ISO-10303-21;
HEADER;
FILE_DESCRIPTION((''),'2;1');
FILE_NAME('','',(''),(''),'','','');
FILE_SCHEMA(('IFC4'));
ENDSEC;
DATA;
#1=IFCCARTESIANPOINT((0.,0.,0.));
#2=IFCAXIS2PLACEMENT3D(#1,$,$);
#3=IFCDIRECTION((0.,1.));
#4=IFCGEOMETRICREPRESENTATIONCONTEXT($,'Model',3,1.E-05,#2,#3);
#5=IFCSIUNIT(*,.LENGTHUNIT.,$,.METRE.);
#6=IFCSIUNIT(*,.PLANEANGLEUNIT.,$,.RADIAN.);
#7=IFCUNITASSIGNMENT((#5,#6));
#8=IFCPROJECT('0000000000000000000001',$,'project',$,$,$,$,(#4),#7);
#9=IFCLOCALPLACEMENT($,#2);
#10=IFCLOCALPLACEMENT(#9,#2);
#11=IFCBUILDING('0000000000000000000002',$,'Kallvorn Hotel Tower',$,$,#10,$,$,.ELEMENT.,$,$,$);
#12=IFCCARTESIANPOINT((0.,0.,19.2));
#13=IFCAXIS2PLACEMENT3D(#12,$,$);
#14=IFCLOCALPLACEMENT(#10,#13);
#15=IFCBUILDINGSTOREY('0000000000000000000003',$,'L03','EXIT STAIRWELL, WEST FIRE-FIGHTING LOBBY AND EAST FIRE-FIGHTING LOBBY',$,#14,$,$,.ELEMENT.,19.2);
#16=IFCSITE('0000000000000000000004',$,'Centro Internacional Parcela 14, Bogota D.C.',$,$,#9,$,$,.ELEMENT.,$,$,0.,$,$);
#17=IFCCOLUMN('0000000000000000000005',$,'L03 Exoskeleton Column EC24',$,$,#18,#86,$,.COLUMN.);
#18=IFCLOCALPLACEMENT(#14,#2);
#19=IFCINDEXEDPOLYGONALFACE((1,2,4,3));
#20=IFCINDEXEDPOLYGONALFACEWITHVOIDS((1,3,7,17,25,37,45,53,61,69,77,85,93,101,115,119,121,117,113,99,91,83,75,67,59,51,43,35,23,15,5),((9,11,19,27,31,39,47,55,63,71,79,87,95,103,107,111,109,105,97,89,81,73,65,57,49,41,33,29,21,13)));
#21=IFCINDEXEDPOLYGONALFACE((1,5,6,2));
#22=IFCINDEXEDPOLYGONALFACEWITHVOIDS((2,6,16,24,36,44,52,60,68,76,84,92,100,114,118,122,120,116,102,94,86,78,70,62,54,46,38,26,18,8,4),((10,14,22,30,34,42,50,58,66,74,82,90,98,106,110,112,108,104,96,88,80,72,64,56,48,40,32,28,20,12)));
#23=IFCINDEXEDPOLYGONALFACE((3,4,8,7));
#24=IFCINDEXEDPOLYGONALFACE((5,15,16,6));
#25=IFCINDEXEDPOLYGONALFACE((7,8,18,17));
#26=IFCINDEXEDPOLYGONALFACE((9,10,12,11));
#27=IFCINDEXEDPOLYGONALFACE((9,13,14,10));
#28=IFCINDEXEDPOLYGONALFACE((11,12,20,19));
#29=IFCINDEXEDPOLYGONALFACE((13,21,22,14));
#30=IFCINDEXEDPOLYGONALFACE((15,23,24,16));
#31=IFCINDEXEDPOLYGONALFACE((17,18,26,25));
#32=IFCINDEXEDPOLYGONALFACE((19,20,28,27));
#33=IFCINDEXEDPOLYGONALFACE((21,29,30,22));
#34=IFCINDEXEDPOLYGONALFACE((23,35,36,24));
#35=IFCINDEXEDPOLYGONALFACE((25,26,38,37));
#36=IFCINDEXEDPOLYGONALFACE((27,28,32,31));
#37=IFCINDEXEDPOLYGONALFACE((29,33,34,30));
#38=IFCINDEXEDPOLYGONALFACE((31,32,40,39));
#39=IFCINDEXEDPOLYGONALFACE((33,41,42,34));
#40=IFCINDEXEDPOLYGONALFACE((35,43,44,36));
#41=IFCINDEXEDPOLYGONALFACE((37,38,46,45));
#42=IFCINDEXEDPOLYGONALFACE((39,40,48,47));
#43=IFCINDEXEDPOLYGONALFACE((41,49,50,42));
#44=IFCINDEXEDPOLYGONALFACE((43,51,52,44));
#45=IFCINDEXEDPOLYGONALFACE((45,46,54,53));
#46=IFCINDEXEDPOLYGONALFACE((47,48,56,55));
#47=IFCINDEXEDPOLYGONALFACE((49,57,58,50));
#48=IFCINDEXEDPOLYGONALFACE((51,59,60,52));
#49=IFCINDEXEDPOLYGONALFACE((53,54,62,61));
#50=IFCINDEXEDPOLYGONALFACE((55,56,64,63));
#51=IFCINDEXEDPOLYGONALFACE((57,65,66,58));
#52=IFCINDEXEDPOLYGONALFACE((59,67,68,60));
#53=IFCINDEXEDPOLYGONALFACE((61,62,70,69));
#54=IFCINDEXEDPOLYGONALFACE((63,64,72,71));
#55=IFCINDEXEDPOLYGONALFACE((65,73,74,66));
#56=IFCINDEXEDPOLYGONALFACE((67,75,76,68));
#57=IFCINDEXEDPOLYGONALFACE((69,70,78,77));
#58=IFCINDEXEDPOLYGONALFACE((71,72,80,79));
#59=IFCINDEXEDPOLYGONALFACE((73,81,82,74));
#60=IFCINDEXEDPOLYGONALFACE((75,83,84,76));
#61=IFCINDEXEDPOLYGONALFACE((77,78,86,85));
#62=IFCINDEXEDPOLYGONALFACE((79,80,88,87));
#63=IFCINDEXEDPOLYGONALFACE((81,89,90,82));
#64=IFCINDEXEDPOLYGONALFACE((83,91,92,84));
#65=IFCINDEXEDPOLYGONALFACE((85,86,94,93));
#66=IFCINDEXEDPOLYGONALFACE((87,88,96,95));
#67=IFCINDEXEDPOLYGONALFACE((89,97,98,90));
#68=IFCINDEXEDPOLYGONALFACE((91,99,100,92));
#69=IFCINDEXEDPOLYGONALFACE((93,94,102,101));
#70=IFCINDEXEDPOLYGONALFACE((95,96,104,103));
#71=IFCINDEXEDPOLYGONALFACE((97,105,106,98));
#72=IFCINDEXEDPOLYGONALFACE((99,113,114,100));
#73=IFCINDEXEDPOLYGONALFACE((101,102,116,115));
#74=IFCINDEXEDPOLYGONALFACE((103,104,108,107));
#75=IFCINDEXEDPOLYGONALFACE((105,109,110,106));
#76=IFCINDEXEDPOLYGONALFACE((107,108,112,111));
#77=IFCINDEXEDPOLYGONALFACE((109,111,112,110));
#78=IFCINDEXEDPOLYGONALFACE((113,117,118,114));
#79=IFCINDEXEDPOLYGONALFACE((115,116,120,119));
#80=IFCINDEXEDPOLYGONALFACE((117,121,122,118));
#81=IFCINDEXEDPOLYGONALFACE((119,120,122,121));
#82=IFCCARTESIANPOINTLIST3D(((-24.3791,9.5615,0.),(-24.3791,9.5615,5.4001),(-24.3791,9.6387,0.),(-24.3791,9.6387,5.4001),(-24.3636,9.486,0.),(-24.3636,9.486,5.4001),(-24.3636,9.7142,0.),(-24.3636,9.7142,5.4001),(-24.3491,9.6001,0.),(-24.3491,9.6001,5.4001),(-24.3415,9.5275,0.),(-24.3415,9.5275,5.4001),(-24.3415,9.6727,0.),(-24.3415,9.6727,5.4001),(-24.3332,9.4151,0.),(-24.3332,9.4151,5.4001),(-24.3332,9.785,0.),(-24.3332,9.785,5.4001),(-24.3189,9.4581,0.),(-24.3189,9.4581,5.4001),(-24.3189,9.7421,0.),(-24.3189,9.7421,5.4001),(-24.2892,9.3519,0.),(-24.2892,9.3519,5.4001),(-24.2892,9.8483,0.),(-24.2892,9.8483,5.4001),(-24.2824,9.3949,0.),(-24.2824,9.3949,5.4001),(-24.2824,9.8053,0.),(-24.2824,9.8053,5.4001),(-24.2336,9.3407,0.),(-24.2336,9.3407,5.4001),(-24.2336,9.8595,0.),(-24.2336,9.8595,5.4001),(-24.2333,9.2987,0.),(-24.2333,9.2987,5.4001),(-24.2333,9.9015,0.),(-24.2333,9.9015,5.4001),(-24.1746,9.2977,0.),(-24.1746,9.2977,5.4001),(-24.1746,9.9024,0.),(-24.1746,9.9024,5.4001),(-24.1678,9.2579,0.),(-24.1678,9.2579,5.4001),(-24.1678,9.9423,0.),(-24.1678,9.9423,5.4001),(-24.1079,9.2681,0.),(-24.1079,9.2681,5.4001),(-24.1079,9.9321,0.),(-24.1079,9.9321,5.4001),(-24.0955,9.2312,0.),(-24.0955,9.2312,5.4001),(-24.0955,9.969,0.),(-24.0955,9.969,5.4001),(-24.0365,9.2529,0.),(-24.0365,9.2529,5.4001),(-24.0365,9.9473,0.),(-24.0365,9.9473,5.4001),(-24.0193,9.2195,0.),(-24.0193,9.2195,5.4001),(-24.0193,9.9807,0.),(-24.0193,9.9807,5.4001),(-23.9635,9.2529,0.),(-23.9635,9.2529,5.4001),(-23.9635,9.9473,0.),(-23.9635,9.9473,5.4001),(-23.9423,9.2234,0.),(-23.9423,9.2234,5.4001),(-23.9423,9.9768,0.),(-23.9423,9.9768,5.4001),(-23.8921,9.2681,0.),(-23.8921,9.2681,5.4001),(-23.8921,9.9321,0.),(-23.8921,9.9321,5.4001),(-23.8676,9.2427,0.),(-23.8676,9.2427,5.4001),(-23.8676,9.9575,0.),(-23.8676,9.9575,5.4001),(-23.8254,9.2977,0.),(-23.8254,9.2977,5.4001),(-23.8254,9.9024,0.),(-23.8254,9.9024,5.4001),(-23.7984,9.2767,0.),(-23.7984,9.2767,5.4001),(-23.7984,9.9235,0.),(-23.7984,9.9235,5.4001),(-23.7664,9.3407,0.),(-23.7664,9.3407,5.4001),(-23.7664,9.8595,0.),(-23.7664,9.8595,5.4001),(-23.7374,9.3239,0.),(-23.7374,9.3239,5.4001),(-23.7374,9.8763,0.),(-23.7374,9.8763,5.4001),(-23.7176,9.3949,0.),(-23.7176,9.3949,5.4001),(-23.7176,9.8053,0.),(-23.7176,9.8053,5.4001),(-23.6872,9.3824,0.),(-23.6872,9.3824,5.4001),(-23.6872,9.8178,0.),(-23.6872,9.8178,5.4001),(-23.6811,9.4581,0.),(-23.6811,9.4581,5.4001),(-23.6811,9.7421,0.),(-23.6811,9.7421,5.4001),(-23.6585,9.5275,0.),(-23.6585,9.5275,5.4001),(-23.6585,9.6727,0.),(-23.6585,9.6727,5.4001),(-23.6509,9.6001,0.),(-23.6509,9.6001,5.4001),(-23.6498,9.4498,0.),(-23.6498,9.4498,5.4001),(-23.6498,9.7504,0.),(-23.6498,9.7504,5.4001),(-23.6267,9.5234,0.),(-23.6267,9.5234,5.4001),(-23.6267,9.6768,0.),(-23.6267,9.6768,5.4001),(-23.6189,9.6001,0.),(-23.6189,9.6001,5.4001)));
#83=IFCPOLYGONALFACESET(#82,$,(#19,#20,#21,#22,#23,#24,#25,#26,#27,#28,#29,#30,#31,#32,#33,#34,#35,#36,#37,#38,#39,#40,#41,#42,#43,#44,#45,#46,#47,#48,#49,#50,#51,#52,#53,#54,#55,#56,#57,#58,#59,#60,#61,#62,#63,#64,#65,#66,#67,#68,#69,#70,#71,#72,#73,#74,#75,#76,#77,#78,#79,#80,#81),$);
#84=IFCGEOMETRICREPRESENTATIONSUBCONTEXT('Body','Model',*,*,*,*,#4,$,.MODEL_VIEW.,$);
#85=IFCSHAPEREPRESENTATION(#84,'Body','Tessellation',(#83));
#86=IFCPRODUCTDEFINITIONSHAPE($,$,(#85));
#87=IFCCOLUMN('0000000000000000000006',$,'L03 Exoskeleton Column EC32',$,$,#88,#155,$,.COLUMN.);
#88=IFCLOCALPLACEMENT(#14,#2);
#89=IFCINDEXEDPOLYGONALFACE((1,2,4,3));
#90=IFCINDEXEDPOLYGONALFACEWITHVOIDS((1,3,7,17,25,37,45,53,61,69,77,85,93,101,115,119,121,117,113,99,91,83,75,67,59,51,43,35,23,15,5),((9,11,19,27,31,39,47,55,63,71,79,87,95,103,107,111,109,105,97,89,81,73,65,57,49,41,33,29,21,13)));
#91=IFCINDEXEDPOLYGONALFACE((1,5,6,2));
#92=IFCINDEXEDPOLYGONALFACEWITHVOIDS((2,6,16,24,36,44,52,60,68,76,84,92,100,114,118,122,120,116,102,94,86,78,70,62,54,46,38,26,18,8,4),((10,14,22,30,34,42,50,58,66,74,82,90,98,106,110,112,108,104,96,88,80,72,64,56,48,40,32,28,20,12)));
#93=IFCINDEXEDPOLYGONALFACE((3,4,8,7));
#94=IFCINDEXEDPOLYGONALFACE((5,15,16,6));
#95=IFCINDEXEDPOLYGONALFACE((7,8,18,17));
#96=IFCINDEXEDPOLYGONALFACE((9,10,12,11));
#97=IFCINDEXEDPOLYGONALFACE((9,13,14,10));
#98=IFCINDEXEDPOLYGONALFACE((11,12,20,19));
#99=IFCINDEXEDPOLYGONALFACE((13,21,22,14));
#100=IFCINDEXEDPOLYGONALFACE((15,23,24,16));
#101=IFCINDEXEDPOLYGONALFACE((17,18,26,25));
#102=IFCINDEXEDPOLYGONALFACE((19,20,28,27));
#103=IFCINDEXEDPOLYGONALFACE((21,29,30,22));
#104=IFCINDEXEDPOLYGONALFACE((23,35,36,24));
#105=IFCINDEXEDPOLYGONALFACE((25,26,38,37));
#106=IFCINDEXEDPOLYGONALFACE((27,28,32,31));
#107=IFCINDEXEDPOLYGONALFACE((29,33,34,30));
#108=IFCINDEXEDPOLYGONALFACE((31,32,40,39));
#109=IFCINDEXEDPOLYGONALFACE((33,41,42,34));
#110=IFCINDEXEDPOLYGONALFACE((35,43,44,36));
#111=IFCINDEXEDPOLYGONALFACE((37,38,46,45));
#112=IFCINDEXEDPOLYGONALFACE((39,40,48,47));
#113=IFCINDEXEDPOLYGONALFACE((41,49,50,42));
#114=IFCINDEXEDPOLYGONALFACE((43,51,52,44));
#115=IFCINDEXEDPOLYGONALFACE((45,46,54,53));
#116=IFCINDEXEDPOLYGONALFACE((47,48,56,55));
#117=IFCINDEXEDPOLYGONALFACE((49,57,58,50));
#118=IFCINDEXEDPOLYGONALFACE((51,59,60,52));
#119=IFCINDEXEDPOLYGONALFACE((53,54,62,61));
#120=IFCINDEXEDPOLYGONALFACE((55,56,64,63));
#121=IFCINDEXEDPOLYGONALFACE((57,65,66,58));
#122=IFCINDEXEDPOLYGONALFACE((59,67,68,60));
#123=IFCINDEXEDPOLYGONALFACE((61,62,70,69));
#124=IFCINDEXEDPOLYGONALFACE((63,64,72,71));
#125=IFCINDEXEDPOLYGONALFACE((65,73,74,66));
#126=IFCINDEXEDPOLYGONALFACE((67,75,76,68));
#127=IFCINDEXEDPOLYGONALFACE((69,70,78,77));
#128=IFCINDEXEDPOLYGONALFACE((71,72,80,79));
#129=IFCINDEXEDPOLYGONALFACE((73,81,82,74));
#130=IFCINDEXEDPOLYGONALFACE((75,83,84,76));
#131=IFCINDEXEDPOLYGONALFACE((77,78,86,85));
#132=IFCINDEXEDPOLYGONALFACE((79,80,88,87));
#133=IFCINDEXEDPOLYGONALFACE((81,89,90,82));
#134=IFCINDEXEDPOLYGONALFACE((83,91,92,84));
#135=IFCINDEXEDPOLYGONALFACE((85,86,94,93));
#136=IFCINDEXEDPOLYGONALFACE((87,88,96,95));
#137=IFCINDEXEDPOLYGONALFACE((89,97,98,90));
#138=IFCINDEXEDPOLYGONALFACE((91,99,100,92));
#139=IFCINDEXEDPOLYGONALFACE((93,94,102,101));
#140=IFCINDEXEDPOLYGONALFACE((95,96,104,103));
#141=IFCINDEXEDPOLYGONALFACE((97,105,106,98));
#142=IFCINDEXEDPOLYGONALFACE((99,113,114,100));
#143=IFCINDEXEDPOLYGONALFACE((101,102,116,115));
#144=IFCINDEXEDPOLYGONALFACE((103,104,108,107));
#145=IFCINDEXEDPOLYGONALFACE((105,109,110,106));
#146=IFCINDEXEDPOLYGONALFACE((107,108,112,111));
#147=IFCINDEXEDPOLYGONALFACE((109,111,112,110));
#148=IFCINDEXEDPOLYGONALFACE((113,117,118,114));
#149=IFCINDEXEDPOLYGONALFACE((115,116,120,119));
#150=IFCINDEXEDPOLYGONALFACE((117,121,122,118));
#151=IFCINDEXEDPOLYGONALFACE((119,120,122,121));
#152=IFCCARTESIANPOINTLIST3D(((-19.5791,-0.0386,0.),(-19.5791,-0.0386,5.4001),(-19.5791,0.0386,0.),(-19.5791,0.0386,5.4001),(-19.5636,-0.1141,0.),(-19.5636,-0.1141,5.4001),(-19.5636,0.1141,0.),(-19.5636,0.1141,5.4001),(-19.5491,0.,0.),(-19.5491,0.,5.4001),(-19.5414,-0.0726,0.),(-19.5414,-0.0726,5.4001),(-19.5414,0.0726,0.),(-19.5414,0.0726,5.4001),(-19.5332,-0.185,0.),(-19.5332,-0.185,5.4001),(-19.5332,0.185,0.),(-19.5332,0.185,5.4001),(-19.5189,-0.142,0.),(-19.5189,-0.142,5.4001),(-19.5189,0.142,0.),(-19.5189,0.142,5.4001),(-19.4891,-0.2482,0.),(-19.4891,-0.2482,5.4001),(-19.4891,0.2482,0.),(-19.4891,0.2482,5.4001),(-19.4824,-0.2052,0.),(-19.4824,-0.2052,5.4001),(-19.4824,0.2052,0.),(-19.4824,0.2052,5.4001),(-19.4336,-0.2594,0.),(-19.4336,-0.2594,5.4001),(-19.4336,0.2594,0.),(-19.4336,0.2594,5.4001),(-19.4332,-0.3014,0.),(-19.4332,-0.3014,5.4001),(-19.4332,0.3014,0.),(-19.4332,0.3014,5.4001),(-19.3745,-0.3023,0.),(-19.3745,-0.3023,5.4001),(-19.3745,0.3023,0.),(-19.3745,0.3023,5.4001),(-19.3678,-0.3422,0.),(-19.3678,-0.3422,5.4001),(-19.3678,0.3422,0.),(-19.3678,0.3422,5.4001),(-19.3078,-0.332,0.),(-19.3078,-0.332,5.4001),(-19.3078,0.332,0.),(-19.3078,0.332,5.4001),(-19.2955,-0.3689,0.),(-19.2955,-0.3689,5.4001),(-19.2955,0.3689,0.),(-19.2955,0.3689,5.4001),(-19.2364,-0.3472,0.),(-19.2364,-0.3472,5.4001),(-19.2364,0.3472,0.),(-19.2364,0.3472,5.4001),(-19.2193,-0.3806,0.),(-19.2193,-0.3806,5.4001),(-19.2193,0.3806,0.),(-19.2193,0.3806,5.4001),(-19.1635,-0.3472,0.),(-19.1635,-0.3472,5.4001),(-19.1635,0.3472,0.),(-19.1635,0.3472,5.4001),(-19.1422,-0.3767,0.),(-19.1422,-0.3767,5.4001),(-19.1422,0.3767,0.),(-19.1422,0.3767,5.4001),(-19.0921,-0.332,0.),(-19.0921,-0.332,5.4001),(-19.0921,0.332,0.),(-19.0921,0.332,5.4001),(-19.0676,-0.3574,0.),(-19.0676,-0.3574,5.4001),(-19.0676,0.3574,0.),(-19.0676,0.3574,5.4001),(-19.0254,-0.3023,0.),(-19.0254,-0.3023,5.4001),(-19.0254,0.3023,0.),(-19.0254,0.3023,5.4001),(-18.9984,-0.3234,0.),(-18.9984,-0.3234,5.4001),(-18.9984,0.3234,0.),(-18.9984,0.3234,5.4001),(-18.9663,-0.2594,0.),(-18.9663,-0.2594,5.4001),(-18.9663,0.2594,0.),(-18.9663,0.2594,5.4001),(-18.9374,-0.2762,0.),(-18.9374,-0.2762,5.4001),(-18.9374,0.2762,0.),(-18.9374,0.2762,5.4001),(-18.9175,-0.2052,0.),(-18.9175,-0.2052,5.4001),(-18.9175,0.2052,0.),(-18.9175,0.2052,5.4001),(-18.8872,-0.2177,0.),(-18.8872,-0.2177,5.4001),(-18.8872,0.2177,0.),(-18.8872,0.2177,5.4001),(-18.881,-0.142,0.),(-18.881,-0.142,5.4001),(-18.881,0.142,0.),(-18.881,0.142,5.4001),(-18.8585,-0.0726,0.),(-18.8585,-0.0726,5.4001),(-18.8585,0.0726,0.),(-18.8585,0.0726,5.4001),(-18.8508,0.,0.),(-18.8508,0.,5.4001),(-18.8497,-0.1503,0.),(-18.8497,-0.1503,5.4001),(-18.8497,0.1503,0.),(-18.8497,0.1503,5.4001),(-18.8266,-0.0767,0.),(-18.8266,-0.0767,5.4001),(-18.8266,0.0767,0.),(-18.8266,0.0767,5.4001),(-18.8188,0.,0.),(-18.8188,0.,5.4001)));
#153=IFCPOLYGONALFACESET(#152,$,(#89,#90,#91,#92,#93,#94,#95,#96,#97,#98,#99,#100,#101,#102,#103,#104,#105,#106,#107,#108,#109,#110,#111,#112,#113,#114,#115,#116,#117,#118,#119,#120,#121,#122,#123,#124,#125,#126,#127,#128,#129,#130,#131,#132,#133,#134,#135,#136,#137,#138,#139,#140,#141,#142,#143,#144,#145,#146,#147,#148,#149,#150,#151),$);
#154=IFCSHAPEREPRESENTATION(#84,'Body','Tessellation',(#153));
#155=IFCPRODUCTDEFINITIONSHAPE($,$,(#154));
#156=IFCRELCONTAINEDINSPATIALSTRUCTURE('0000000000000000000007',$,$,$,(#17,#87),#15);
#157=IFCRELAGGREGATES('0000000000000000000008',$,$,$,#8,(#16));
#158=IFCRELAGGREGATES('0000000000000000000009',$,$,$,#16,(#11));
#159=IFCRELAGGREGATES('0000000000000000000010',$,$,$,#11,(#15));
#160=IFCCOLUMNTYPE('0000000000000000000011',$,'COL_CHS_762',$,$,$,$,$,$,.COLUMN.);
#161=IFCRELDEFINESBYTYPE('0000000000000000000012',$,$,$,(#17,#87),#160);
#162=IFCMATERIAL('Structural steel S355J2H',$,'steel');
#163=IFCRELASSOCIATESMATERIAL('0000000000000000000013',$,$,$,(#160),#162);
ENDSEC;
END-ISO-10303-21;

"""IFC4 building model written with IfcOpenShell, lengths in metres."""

from ifc_helpers import new_model, si_unit, direction, frame, origin, origin_2d, place, context, subcontext, project, spatial, hollow_circle, extrude, material, material_profile, profile_set, type_object, element, save


model = new_model("IFC4")

# Units and contexts
model_context = context("Model", 3, precision=1e-05, world=origin(), true_north=direction((0.0, 1.0)))
body_context = subcontext(model_context, "Body", "Model", "MODEL_VIEW")
ifc_project = project(units=[si_unit("LENGTHUNIT", "METRE"), si_unit("PLANEANGLEUNIT", "RADIAN")], contexts=[model_context])

# Site, building, storey
site_placement = place(None, origin())
site = spatial("IfcSite", under=ifc_project, at=site_placement, Name="Centro Internacional Parcela 14, Bogota D.C.", CompositionType="ELEMENT", RefElevation=0.0)
building_placement = place(site_placement, origin())
building = spatial("IfcBuilding", under=site, at=building_placement, Name="Kallvorn Hotel Tower", CompositionType="ELEMENT")
storey_placement = place(building_placement, frame((0.0, 0.0, 19.2)))
storey = spatial("IfcBuildingStorey", under=building, at=storey_placement, Name="L03", Description="EXIT STAIRWELL, WEST FIRE-FIGHTING LOBBY AND EAST FIRE-FIGHTING LOBBY", CompositionType="ELEMENT", Elevation=19.2)

# Columns
ifc_material_1 = material(Name="Structural steel S355J2H", Category="steel")
ifc_material_profile_1 = material_profile(ifc_material_1, hollow_circle(Radius=0.3811, WallThickness=0.032, at=origin_2d()), Name="CHS 762x32")
ifc_profile_set_1 = profile_set([ifc_material_profile_1], Name="Structural steel S355J2H")
column_type_1 = type_object("IfcColumnType", Name="COL_CHS_762", PredefinedType="COLUMN", material=ifc_profile_set_1)
for number, where, z_axis, x_axis, name in (
    (1, (-24.0, 9.6001, 0.0), (0.0, 0.0, 1.0), (1.0, 0.0, 0.0), "L03 Exoskeleton Column EC24"),
    (2, (-19.2, 0.0, 0.0), (0.0, 0.0, 1.0), (1.0, 0.0, 0.0), "L03 Exoskeleton Column EC32"),
):
    element("IfcColumn", number, at=place(storey_placement, frame(where, z_axis=z_axis, x_axis=x_axis)), inside=storey, type_object=column_type_1, Name=name, PredefinedType="COLUMN", context=body_context, shape_type="SweptSolid", body=[
        extrude(hollow_circle(Radius=0.3811, WallThickness=0.032, at=origin_2d()), origin(), (0.0, 0.0, 1.0), 5.4001),
    ])

save(model, "model.ifc")
